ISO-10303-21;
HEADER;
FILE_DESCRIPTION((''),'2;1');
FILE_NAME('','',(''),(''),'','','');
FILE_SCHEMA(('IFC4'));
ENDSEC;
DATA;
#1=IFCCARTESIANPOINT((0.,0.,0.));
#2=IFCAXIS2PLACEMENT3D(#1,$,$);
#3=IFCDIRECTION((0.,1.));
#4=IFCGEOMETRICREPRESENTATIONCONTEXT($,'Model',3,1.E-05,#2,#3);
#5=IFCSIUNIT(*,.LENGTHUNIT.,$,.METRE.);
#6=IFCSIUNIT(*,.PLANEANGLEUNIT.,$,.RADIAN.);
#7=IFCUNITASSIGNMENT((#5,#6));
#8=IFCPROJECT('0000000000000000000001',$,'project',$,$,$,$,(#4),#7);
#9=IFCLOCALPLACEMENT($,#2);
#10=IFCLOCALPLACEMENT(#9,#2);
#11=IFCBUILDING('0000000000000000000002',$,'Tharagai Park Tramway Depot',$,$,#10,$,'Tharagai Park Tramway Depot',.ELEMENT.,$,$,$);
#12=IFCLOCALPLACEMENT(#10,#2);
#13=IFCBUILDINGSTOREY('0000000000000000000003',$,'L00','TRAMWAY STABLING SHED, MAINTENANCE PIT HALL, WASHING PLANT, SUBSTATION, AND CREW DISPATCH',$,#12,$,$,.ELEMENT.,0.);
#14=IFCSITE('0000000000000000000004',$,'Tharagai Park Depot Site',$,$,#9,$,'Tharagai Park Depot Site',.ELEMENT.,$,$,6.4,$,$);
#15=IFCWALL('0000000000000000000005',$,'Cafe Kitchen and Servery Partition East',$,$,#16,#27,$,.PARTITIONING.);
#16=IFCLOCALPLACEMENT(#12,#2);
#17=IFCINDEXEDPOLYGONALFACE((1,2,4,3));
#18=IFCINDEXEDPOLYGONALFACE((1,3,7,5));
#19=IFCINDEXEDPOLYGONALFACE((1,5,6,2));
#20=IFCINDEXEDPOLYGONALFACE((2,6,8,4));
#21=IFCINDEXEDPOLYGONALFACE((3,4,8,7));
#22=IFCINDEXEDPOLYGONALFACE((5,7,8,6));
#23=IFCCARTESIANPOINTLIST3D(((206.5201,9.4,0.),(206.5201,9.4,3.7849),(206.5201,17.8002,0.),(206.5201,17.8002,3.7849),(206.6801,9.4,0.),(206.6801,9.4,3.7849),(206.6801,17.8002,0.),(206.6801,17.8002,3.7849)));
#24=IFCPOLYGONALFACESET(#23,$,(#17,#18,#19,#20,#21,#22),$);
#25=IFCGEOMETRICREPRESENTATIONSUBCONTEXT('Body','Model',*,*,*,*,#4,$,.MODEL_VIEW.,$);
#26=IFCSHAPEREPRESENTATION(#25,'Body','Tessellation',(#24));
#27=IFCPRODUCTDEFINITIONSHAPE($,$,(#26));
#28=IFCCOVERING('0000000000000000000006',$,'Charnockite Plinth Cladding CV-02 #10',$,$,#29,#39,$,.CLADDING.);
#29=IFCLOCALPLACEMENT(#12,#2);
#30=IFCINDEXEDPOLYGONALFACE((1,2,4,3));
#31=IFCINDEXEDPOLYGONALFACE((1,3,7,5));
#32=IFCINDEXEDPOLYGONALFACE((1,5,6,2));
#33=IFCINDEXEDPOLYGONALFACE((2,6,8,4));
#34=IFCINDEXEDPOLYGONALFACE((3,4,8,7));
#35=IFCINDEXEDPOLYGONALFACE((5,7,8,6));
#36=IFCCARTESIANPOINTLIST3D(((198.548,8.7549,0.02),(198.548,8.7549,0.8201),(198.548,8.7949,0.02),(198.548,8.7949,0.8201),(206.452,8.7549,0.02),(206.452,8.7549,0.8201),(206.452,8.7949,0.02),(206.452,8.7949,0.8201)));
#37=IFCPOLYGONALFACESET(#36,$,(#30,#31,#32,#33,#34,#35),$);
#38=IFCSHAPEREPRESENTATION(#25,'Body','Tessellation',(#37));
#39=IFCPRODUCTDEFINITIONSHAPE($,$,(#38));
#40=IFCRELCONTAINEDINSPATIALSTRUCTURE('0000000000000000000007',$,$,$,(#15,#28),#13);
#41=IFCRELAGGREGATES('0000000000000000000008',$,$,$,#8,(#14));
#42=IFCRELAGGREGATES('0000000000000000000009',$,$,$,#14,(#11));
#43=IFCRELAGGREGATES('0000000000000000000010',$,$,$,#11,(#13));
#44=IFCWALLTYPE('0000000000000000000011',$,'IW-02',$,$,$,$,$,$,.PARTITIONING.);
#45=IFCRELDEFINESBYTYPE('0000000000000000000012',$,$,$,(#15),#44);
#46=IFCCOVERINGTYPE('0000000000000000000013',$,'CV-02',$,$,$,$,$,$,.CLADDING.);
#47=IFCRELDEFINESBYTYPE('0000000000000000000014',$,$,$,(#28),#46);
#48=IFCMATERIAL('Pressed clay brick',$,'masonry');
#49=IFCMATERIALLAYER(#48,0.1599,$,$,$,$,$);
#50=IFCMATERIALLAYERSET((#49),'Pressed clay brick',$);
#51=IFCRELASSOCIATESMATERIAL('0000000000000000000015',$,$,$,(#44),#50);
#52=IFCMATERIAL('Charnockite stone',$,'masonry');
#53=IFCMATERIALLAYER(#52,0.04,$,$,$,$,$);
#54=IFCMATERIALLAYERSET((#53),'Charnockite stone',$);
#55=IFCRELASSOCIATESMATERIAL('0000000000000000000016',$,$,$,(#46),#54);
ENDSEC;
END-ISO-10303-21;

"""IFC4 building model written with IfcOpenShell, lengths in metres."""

from ifc_helpers import new_model, si_unit, direction, frame, frame_2d, origin, origin_2d, place, context, subcontext, project, spatial, rectangle, extrude, material, layer, layer_set, type_object, element, save


model = new_model("IFC4")

# Units and contexts
model_context = context("Model", 3, precision=1e-05, world=origin(), true_north=direction((0.0, 1.0)))
body_context = subcontext(model_context, "Body", "Model", "MODEL_VIEW")
ifc_project = project(units=[si_unit("LENGTHUNIT", "METRE"), si_unit("PLANEANGLEUNIT", "RADIAN")], contexts=[model_context])

# Site, building, storey
site_placement = place(None, origin())
site = spatial("IfcSite", under=ifc_project, at=site_placement, Name="Tharagai Park Depot Site", LongName="Tharagai Park Depot Site", CompositionType="ELEMENT", RefElevation=6.4)
building_placement = place(site_placement, origin())
building = spatial("IfcBuilding", under=site, at=building_placement, Name="Tharagai Park Tramway Depot", LongName="Tharagai Park Tramway Depot", CompositionType="ELEMENT")
storey_placement = place(building_placement, origin())
storey = spatial("IfcBuildingStorey", under=building, at=storey_placement, Name="L00", Description="TRAMWAY STABLING SHED, MAINTENANCE PIT HALL, WASHING PLANT, SUBSTATION, AND CREW DISPATCH", CompositionType="ELEMENT", Elevation=0.0)

# Shared definitions
ifc_material_1 = material(Name="Charnockite stone", Category="masonry")

# Wall
ifc_material_2 = material(Name="Pressed clay brick", Category="masonry")
ifc_layer_1 = layer(ifc_material_2, 0.1599)
ifc_layer_set_1 = layer_set([ifc_layer_1], Name="Pressed clay brick")
wall_type_1 = type_object("IfcWallType", Name="IW-02", PredefinedType="PARTITIONING", material=ifc_layer_set_1)
wall_1_placement = place(storey_placement, frame((206.6001, 9.3999, 0.0), z_axis=(0.0, 0.0, 1.0), x_axis=(0.0, 1.0, 0.0)))
element("IfcWall", 1, at=wall_1_placement, inside=storey, type_object=wall_type_1, Name="Cafe Kitchen and Servery Partition East", PredefinedType="PARTITIONING", context=body_context, shape_type="SweptSolid", body=[
    extrude(rectangle(XDim=8.4001, YDim=0.1599, at=frame_2d((4.2002, 0.0))), origin(), (0.0, 0.0, 1.0), 3.7849),
])

# Covering
ifc_layer_2 = layer(ifc_material_1, 0.04)
ifc_layer_set_2 = layer_set([ifc_layer_2], Name="Charnockite stone")
covering_type = type_object("IfcCoveringType", Name="CV-02", PredefinedType="CLADDING", material=ifc_layer_set_2)
covering_placement = place(storey_placement, frame((202.5, 8.7749, 0.02), z_axis=(0.0, 0.0, 1.0), x_axis=(1.0, 0.0, 0.0)))
element("IfcCovering", 2, at=covering_placement, inside=storey, type_object=covering_type, Name="Charnockite Plinth Cladding CV-02 #10", PredefinedType="CLADDING", context=body_context, shape_type="SweptSolid", body=[
    extrude(rectangle(XDim=7.9041, YDim=0.04, at=origin_2d()), origin(), (0.0, 0.0, 1.0), 0.8),
])

save(model, "model.ifc")
